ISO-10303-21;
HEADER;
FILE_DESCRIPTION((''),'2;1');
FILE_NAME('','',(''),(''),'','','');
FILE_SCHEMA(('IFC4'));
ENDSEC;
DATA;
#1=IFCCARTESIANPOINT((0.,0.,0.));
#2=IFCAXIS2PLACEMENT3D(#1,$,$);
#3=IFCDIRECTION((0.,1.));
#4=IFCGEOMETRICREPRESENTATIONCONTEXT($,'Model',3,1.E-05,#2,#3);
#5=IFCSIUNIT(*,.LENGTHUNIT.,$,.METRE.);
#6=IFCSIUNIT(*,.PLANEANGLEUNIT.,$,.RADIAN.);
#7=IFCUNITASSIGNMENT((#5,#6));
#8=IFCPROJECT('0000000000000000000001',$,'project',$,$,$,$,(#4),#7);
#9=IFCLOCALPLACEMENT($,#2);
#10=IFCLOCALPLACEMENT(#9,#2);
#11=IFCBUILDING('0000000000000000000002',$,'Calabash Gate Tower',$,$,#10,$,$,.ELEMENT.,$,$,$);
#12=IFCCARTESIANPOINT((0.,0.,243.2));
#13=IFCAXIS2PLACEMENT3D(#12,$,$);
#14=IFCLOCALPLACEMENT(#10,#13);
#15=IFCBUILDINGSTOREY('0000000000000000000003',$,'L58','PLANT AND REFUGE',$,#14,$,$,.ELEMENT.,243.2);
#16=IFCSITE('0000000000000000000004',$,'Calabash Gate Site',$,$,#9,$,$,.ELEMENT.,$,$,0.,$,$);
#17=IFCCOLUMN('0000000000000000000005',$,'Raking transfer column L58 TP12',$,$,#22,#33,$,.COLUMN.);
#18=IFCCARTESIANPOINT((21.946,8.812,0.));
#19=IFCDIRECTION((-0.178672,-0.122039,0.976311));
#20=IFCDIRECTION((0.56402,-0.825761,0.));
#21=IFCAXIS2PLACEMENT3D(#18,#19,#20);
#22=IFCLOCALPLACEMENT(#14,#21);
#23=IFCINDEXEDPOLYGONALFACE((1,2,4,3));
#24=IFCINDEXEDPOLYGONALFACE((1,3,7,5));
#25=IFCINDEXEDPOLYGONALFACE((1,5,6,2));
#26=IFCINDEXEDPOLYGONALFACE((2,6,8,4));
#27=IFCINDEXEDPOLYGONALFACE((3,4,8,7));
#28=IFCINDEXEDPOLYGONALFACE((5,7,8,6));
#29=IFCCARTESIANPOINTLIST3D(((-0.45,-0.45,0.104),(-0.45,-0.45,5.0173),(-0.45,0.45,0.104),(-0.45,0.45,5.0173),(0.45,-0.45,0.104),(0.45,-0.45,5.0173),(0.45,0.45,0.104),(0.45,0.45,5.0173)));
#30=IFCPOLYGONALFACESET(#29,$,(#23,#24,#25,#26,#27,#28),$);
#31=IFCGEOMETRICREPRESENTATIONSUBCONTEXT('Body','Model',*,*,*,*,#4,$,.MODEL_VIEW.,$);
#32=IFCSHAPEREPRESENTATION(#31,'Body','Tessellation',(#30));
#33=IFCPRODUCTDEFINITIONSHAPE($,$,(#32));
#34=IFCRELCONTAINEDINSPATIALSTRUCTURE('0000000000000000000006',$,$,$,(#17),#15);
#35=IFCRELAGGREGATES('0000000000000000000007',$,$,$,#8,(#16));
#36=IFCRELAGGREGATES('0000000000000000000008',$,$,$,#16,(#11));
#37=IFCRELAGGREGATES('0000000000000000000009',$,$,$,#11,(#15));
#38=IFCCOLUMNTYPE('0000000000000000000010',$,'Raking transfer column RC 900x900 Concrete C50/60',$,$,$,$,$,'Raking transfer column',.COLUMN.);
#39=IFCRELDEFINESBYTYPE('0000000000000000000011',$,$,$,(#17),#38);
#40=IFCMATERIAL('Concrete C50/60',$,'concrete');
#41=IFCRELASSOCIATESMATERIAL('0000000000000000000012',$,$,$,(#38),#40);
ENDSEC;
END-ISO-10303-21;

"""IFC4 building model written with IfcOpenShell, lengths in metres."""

from ifc_helpers import new_model, si_unit, direction, frame, origin, origin_2d, place, context, subcontext, project, spatial, rectangle, extrude, clip, halfspace, material, material_profile, profile_set, type_object, element, save


model = new_model("IFC4")

# Units and contexts
model_context = context("Model", 3, precision=1e-05, world=origin(), true_north=direction((0.0, 1.0)))
body_context = subcontext(model_context, "Body", "Model", "MODEL_VIEW")
ifc_project = project(units=[si_unit("LENGTHUNIT", "METRE"), si_unit("PLANEANGLEUNIT", "RADIAN")], contexts=[model_context])

# Site, building, storey
site_placement = place(None, origin())
site = spatial("IfcSite", under=ifc_project, at=site_placement, Name="Calabash Gate Site", CompositionType="ELEMENT", RefElevation=0.0)
building_placement = place(site_placement, origin())
building = spatial("IfcBuilding", under=site, at=building_placement, Name="Calabash Gate Tower", CompositionType="ELEMENT")
storey_placement = place(building_placement, frame((0.0, 0.0, 243.2)))
storey = spatial("IfcBuildingStorey", under=building, at=storey_placement, Name="L58", Description="PLANT AND REFUGE", CompositionType="ELEMENT", Elevation=243.2)

# Column
ifc_material_1 = material(Name="Concrete C50/60", Category="concrete")
ifc_material_profile_1 = material_profile(ifc_material_1, rectangle(XDim=0.8999, YDim=0.8999, at=origin_2d()))
ifc_profile_set_1 = profile_set([ifc_material_profile_1], Name="Concrete C50/60")
column_type = type_object("IfcColumnType", Name="Raking transfer column RC 900x900 Concrete C50/60", ElementType="Raking transfer column", PredefinedType="COLUMN", material=ifc_profile_set_1)
column_placement = place(storey_placement, frame((21.946, 8.812, 0.0), z_axis=(-0.178672, -0.122039, 0.976311), x_axis=(0.56402, -0.825761, 0.0)))
element("IfcColumn", 1, at=column_placement, inside=storey, type_object=column_type, Name="Raking transfer column L58 TP12", PredefinedType="COLUMN", context=body_context, shape_type="Clipping", body=[
    clip(clip(extrude(rectangle(XDim=0.8999, YDim=0.8999, at=origin_2d()), origin(), (0.0, 0.0, 1.0), 5.1213), halfspace(frame((0.0, 0.0, 0.104), z_axis=(0.0, 0.0, 1.0), x_axis=(1.0, 0.0, 0.0)), True)), halfspace(frame((0.0, 0.0, 5.0173), z_axis=(0.0, 0.0, 1.0), x_axis=(1.0, 0.0, 0.0)), False)),
])

save(model, "model.ifc")
